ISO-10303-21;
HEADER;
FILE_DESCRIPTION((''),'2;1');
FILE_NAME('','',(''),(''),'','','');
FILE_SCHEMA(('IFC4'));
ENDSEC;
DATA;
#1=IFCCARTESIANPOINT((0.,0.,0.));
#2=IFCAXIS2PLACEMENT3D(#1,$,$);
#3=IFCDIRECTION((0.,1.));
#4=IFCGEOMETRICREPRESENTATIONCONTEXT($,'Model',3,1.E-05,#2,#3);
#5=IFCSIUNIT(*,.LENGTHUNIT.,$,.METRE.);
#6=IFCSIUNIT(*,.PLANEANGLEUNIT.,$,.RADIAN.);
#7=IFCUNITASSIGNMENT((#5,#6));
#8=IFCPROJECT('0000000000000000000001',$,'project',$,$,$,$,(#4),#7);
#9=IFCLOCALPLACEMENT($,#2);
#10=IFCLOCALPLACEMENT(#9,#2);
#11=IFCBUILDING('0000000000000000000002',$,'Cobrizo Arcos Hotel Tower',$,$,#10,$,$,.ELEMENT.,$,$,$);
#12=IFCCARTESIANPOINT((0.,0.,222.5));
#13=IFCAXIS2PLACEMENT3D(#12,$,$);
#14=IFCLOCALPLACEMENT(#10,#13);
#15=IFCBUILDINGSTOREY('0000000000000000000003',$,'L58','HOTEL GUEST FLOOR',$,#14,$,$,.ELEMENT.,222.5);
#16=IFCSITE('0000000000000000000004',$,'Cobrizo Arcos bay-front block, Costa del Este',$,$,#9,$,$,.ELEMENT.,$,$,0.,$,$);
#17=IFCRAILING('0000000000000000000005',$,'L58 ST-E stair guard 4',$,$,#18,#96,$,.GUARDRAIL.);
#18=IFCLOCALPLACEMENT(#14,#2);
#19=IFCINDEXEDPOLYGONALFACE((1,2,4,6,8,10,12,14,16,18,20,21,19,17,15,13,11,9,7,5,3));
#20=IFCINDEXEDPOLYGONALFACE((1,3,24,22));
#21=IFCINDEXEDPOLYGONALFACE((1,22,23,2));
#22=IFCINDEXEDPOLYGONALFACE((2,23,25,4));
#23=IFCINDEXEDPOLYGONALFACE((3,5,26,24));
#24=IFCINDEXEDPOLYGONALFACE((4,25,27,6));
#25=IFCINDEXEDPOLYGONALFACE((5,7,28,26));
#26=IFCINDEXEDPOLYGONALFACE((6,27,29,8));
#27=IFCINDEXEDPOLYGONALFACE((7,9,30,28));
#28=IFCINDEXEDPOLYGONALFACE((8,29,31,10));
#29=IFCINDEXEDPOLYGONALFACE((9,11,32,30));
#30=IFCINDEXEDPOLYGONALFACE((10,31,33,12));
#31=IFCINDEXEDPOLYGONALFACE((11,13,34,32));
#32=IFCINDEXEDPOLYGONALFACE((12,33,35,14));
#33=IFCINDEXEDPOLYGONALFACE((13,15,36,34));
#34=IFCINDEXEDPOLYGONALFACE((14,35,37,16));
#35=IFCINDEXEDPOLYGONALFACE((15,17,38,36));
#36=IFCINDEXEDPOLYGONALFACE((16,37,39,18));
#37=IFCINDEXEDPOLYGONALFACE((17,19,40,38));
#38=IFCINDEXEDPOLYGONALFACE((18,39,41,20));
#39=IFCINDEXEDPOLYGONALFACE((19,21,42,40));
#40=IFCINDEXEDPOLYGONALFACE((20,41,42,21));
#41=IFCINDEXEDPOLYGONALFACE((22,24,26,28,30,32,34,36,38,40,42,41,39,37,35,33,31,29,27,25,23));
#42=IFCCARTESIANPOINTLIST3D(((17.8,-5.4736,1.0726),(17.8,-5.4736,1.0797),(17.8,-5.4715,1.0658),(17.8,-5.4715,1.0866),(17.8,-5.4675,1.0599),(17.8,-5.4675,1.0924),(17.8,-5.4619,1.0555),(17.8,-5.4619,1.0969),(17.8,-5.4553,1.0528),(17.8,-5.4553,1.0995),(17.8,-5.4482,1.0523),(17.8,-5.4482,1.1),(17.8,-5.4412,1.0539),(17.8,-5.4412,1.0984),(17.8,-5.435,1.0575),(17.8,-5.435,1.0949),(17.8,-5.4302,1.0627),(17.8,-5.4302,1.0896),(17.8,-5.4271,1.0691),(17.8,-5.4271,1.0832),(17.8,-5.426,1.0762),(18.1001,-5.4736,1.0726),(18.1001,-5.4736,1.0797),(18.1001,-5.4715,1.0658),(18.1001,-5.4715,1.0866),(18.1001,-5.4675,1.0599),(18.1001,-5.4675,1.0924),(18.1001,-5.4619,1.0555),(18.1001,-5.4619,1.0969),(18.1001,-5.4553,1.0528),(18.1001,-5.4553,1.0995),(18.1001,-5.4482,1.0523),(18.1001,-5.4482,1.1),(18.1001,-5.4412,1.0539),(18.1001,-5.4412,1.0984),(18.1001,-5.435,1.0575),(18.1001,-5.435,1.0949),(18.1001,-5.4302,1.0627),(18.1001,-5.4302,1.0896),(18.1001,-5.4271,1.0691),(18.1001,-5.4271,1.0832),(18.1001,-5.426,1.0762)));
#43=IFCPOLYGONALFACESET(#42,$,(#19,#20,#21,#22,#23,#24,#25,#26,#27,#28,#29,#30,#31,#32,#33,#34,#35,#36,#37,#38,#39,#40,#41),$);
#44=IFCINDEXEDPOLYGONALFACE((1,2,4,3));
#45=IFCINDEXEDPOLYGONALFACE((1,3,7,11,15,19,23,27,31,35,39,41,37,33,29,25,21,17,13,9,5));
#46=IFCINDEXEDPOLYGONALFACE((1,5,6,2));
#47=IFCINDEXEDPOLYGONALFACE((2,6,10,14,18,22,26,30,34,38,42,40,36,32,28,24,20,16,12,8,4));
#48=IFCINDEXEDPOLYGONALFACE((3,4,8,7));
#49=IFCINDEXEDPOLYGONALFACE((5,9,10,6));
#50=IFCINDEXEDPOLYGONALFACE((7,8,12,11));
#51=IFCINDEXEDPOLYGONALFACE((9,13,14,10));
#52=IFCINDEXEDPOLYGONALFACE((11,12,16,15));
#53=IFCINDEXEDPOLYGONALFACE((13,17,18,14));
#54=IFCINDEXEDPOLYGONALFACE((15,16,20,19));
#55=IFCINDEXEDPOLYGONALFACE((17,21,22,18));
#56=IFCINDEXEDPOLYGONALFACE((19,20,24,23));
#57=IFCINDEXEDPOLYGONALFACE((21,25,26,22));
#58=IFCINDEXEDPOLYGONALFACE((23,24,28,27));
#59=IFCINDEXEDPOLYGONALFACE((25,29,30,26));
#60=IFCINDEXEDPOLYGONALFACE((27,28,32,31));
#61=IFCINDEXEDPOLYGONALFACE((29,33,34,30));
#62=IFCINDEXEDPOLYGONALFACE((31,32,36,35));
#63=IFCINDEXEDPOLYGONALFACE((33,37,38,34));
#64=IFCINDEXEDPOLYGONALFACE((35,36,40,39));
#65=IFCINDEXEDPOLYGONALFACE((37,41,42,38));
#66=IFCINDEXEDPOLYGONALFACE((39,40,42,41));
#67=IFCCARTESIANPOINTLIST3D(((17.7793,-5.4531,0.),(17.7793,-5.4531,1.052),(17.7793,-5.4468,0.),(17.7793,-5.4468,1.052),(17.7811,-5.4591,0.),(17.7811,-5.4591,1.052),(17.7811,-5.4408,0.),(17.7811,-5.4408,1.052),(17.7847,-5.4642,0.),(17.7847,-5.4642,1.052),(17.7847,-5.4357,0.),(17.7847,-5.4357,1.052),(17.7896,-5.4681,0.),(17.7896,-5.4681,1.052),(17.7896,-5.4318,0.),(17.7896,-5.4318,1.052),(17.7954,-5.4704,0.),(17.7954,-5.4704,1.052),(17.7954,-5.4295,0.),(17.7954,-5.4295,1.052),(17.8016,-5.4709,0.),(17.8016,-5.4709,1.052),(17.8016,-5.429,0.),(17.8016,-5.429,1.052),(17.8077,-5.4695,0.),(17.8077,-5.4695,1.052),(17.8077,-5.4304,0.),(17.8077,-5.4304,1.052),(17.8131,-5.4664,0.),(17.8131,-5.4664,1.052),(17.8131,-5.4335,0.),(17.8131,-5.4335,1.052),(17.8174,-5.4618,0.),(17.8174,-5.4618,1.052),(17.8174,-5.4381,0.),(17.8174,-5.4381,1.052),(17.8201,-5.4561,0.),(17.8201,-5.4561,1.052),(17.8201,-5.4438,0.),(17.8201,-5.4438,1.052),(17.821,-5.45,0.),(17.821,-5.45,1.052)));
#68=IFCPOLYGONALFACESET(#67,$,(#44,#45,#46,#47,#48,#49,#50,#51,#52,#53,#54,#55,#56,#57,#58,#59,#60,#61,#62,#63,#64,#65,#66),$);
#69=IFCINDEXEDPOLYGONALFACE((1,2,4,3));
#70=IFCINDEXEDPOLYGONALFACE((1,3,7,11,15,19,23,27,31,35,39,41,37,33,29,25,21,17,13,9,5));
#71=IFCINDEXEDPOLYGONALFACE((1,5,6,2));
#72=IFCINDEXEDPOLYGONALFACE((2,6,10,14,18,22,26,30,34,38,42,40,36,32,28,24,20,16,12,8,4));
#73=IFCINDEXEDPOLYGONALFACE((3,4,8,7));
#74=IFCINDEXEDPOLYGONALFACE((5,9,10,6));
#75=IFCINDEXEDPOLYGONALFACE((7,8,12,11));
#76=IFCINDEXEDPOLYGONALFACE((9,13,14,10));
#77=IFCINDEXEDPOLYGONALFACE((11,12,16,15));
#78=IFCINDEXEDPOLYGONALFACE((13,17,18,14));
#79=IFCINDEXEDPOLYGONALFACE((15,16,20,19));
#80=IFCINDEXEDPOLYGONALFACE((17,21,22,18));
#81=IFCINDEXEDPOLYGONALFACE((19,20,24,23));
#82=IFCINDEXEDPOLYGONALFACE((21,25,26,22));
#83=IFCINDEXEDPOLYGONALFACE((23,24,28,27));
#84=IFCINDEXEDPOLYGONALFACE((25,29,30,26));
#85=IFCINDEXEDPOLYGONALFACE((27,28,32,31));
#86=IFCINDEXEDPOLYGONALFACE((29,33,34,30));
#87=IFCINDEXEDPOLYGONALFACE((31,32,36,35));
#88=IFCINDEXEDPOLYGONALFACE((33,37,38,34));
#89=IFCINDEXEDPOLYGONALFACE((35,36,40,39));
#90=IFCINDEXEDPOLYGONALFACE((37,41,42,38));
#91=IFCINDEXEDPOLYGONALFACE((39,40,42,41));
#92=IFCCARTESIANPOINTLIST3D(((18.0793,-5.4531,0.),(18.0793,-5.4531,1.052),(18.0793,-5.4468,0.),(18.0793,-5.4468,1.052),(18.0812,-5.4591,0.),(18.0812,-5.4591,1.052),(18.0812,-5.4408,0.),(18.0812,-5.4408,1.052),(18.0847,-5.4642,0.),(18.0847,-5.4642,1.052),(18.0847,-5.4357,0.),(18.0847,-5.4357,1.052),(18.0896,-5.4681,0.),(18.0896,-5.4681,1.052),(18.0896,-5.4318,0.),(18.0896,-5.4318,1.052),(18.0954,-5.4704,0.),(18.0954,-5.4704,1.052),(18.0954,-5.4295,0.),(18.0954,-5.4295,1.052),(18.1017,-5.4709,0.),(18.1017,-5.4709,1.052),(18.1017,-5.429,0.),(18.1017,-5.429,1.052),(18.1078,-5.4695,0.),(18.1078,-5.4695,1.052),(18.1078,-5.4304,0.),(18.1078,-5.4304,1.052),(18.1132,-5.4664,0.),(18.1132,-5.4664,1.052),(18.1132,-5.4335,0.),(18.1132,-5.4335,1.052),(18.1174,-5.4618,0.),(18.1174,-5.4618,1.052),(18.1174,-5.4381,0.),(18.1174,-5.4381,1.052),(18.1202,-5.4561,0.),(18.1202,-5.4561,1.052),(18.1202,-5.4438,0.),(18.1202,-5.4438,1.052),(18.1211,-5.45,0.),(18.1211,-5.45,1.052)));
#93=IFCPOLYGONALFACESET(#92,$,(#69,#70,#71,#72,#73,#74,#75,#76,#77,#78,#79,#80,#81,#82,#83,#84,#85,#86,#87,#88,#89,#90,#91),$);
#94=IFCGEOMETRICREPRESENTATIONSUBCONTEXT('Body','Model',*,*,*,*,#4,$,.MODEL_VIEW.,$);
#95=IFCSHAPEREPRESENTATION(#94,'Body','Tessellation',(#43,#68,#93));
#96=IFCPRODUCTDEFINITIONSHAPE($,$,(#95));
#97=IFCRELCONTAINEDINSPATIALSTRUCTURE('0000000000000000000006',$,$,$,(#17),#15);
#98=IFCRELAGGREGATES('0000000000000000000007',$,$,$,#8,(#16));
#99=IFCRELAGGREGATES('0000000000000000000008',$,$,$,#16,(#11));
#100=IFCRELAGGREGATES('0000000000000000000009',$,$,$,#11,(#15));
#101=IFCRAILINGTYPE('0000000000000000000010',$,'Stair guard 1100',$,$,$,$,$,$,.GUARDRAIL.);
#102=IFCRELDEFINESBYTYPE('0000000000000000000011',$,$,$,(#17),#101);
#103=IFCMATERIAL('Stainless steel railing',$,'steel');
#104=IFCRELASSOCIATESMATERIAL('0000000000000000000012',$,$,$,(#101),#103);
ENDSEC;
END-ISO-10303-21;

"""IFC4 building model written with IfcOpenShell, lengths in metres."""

from ifc_helpers import new_model, si_unit, direction, frame, origin, origin_2d, place, context, subcontext, project, spatial, circle, extrude, material, type_object, element, save


model = new_model("IFC4")

# Units and contexts
model_context = context("Model", 3, precision=1e-05, world=origin(), true_north=direction((0.0, 1.0)))
body_context = subcontext(model_context, "Body", "Model", "MODEL_VIEW")
ifc_project = project(units=[si_unit("LENGTHUNIT", "METRE"), si_unit("PLANEANGLEUNIT", "RADIAN")], contexts=[model_context])

# Site, building, storey
site_placement = place(None, origin())
site = spatial("IfcSite", under=ifc_project, at=site_placement, Name="Cobrizo Arcos bay-front block, Costa del Este", CompositionType="ELEMENT", RefElevation=0.0)
building_placement = place(site_placement, origin())
building = spatial("IfcBuilding", under=site, at=building_placement, Name="Cobrizo Arcos Hotel Tower", CompositionType="ELEMENT")
storey_placement = place(building_placement, frame((0.0, 0.0, 222.5)))
storey = spatial("IfcBuildingStorey", under=building, at=storey_placement, Name="L58", Description="HOTEL GUEST FLOOR", CompositionType="ELEMENT", Elevation=222.5)

# Railing
ifc_material_1 = material(Name="Stainless steel railing", Category="steel")
railing_type_1 = type_object("IfcRailingType", Name="Stair guard 1100", PredefinedType="GUARDRAIL", material=ifc_material_1)
railing_1_placement = place(storey_placement, frame((17.8, -5.45, 0.0)))
element("IfcRailing", 1, at=railing_1_placement, inside=storey, type_object=railing_type_1, Name="L58 ST-E stair guard 4", PredefinedType="GUARDRAIL", context=body_context, shape_type="SweptSolid", body=[
    extrude(circle(Radius=0.0239, at=origin_2d()), frame((0.0, 0.0, 1.0762), z_axis=(1.0, 0.0, 0.0), x_axis=(0.0, 1.0, 0.0)), (0.0, 0.0, 1.0), 0.3),
    extrude(circle(Radius=0.021, at=origin_2d()), origin(), (0.0, 0.0, 1.0), 1.052),
    extrude(circle(Radius=0.021, at=origin_2d()), frame((0.3, 0.0, 0.0)), (0.0, 0.0, 1.0), 1.052),
])

save(model, "model.ifc")
